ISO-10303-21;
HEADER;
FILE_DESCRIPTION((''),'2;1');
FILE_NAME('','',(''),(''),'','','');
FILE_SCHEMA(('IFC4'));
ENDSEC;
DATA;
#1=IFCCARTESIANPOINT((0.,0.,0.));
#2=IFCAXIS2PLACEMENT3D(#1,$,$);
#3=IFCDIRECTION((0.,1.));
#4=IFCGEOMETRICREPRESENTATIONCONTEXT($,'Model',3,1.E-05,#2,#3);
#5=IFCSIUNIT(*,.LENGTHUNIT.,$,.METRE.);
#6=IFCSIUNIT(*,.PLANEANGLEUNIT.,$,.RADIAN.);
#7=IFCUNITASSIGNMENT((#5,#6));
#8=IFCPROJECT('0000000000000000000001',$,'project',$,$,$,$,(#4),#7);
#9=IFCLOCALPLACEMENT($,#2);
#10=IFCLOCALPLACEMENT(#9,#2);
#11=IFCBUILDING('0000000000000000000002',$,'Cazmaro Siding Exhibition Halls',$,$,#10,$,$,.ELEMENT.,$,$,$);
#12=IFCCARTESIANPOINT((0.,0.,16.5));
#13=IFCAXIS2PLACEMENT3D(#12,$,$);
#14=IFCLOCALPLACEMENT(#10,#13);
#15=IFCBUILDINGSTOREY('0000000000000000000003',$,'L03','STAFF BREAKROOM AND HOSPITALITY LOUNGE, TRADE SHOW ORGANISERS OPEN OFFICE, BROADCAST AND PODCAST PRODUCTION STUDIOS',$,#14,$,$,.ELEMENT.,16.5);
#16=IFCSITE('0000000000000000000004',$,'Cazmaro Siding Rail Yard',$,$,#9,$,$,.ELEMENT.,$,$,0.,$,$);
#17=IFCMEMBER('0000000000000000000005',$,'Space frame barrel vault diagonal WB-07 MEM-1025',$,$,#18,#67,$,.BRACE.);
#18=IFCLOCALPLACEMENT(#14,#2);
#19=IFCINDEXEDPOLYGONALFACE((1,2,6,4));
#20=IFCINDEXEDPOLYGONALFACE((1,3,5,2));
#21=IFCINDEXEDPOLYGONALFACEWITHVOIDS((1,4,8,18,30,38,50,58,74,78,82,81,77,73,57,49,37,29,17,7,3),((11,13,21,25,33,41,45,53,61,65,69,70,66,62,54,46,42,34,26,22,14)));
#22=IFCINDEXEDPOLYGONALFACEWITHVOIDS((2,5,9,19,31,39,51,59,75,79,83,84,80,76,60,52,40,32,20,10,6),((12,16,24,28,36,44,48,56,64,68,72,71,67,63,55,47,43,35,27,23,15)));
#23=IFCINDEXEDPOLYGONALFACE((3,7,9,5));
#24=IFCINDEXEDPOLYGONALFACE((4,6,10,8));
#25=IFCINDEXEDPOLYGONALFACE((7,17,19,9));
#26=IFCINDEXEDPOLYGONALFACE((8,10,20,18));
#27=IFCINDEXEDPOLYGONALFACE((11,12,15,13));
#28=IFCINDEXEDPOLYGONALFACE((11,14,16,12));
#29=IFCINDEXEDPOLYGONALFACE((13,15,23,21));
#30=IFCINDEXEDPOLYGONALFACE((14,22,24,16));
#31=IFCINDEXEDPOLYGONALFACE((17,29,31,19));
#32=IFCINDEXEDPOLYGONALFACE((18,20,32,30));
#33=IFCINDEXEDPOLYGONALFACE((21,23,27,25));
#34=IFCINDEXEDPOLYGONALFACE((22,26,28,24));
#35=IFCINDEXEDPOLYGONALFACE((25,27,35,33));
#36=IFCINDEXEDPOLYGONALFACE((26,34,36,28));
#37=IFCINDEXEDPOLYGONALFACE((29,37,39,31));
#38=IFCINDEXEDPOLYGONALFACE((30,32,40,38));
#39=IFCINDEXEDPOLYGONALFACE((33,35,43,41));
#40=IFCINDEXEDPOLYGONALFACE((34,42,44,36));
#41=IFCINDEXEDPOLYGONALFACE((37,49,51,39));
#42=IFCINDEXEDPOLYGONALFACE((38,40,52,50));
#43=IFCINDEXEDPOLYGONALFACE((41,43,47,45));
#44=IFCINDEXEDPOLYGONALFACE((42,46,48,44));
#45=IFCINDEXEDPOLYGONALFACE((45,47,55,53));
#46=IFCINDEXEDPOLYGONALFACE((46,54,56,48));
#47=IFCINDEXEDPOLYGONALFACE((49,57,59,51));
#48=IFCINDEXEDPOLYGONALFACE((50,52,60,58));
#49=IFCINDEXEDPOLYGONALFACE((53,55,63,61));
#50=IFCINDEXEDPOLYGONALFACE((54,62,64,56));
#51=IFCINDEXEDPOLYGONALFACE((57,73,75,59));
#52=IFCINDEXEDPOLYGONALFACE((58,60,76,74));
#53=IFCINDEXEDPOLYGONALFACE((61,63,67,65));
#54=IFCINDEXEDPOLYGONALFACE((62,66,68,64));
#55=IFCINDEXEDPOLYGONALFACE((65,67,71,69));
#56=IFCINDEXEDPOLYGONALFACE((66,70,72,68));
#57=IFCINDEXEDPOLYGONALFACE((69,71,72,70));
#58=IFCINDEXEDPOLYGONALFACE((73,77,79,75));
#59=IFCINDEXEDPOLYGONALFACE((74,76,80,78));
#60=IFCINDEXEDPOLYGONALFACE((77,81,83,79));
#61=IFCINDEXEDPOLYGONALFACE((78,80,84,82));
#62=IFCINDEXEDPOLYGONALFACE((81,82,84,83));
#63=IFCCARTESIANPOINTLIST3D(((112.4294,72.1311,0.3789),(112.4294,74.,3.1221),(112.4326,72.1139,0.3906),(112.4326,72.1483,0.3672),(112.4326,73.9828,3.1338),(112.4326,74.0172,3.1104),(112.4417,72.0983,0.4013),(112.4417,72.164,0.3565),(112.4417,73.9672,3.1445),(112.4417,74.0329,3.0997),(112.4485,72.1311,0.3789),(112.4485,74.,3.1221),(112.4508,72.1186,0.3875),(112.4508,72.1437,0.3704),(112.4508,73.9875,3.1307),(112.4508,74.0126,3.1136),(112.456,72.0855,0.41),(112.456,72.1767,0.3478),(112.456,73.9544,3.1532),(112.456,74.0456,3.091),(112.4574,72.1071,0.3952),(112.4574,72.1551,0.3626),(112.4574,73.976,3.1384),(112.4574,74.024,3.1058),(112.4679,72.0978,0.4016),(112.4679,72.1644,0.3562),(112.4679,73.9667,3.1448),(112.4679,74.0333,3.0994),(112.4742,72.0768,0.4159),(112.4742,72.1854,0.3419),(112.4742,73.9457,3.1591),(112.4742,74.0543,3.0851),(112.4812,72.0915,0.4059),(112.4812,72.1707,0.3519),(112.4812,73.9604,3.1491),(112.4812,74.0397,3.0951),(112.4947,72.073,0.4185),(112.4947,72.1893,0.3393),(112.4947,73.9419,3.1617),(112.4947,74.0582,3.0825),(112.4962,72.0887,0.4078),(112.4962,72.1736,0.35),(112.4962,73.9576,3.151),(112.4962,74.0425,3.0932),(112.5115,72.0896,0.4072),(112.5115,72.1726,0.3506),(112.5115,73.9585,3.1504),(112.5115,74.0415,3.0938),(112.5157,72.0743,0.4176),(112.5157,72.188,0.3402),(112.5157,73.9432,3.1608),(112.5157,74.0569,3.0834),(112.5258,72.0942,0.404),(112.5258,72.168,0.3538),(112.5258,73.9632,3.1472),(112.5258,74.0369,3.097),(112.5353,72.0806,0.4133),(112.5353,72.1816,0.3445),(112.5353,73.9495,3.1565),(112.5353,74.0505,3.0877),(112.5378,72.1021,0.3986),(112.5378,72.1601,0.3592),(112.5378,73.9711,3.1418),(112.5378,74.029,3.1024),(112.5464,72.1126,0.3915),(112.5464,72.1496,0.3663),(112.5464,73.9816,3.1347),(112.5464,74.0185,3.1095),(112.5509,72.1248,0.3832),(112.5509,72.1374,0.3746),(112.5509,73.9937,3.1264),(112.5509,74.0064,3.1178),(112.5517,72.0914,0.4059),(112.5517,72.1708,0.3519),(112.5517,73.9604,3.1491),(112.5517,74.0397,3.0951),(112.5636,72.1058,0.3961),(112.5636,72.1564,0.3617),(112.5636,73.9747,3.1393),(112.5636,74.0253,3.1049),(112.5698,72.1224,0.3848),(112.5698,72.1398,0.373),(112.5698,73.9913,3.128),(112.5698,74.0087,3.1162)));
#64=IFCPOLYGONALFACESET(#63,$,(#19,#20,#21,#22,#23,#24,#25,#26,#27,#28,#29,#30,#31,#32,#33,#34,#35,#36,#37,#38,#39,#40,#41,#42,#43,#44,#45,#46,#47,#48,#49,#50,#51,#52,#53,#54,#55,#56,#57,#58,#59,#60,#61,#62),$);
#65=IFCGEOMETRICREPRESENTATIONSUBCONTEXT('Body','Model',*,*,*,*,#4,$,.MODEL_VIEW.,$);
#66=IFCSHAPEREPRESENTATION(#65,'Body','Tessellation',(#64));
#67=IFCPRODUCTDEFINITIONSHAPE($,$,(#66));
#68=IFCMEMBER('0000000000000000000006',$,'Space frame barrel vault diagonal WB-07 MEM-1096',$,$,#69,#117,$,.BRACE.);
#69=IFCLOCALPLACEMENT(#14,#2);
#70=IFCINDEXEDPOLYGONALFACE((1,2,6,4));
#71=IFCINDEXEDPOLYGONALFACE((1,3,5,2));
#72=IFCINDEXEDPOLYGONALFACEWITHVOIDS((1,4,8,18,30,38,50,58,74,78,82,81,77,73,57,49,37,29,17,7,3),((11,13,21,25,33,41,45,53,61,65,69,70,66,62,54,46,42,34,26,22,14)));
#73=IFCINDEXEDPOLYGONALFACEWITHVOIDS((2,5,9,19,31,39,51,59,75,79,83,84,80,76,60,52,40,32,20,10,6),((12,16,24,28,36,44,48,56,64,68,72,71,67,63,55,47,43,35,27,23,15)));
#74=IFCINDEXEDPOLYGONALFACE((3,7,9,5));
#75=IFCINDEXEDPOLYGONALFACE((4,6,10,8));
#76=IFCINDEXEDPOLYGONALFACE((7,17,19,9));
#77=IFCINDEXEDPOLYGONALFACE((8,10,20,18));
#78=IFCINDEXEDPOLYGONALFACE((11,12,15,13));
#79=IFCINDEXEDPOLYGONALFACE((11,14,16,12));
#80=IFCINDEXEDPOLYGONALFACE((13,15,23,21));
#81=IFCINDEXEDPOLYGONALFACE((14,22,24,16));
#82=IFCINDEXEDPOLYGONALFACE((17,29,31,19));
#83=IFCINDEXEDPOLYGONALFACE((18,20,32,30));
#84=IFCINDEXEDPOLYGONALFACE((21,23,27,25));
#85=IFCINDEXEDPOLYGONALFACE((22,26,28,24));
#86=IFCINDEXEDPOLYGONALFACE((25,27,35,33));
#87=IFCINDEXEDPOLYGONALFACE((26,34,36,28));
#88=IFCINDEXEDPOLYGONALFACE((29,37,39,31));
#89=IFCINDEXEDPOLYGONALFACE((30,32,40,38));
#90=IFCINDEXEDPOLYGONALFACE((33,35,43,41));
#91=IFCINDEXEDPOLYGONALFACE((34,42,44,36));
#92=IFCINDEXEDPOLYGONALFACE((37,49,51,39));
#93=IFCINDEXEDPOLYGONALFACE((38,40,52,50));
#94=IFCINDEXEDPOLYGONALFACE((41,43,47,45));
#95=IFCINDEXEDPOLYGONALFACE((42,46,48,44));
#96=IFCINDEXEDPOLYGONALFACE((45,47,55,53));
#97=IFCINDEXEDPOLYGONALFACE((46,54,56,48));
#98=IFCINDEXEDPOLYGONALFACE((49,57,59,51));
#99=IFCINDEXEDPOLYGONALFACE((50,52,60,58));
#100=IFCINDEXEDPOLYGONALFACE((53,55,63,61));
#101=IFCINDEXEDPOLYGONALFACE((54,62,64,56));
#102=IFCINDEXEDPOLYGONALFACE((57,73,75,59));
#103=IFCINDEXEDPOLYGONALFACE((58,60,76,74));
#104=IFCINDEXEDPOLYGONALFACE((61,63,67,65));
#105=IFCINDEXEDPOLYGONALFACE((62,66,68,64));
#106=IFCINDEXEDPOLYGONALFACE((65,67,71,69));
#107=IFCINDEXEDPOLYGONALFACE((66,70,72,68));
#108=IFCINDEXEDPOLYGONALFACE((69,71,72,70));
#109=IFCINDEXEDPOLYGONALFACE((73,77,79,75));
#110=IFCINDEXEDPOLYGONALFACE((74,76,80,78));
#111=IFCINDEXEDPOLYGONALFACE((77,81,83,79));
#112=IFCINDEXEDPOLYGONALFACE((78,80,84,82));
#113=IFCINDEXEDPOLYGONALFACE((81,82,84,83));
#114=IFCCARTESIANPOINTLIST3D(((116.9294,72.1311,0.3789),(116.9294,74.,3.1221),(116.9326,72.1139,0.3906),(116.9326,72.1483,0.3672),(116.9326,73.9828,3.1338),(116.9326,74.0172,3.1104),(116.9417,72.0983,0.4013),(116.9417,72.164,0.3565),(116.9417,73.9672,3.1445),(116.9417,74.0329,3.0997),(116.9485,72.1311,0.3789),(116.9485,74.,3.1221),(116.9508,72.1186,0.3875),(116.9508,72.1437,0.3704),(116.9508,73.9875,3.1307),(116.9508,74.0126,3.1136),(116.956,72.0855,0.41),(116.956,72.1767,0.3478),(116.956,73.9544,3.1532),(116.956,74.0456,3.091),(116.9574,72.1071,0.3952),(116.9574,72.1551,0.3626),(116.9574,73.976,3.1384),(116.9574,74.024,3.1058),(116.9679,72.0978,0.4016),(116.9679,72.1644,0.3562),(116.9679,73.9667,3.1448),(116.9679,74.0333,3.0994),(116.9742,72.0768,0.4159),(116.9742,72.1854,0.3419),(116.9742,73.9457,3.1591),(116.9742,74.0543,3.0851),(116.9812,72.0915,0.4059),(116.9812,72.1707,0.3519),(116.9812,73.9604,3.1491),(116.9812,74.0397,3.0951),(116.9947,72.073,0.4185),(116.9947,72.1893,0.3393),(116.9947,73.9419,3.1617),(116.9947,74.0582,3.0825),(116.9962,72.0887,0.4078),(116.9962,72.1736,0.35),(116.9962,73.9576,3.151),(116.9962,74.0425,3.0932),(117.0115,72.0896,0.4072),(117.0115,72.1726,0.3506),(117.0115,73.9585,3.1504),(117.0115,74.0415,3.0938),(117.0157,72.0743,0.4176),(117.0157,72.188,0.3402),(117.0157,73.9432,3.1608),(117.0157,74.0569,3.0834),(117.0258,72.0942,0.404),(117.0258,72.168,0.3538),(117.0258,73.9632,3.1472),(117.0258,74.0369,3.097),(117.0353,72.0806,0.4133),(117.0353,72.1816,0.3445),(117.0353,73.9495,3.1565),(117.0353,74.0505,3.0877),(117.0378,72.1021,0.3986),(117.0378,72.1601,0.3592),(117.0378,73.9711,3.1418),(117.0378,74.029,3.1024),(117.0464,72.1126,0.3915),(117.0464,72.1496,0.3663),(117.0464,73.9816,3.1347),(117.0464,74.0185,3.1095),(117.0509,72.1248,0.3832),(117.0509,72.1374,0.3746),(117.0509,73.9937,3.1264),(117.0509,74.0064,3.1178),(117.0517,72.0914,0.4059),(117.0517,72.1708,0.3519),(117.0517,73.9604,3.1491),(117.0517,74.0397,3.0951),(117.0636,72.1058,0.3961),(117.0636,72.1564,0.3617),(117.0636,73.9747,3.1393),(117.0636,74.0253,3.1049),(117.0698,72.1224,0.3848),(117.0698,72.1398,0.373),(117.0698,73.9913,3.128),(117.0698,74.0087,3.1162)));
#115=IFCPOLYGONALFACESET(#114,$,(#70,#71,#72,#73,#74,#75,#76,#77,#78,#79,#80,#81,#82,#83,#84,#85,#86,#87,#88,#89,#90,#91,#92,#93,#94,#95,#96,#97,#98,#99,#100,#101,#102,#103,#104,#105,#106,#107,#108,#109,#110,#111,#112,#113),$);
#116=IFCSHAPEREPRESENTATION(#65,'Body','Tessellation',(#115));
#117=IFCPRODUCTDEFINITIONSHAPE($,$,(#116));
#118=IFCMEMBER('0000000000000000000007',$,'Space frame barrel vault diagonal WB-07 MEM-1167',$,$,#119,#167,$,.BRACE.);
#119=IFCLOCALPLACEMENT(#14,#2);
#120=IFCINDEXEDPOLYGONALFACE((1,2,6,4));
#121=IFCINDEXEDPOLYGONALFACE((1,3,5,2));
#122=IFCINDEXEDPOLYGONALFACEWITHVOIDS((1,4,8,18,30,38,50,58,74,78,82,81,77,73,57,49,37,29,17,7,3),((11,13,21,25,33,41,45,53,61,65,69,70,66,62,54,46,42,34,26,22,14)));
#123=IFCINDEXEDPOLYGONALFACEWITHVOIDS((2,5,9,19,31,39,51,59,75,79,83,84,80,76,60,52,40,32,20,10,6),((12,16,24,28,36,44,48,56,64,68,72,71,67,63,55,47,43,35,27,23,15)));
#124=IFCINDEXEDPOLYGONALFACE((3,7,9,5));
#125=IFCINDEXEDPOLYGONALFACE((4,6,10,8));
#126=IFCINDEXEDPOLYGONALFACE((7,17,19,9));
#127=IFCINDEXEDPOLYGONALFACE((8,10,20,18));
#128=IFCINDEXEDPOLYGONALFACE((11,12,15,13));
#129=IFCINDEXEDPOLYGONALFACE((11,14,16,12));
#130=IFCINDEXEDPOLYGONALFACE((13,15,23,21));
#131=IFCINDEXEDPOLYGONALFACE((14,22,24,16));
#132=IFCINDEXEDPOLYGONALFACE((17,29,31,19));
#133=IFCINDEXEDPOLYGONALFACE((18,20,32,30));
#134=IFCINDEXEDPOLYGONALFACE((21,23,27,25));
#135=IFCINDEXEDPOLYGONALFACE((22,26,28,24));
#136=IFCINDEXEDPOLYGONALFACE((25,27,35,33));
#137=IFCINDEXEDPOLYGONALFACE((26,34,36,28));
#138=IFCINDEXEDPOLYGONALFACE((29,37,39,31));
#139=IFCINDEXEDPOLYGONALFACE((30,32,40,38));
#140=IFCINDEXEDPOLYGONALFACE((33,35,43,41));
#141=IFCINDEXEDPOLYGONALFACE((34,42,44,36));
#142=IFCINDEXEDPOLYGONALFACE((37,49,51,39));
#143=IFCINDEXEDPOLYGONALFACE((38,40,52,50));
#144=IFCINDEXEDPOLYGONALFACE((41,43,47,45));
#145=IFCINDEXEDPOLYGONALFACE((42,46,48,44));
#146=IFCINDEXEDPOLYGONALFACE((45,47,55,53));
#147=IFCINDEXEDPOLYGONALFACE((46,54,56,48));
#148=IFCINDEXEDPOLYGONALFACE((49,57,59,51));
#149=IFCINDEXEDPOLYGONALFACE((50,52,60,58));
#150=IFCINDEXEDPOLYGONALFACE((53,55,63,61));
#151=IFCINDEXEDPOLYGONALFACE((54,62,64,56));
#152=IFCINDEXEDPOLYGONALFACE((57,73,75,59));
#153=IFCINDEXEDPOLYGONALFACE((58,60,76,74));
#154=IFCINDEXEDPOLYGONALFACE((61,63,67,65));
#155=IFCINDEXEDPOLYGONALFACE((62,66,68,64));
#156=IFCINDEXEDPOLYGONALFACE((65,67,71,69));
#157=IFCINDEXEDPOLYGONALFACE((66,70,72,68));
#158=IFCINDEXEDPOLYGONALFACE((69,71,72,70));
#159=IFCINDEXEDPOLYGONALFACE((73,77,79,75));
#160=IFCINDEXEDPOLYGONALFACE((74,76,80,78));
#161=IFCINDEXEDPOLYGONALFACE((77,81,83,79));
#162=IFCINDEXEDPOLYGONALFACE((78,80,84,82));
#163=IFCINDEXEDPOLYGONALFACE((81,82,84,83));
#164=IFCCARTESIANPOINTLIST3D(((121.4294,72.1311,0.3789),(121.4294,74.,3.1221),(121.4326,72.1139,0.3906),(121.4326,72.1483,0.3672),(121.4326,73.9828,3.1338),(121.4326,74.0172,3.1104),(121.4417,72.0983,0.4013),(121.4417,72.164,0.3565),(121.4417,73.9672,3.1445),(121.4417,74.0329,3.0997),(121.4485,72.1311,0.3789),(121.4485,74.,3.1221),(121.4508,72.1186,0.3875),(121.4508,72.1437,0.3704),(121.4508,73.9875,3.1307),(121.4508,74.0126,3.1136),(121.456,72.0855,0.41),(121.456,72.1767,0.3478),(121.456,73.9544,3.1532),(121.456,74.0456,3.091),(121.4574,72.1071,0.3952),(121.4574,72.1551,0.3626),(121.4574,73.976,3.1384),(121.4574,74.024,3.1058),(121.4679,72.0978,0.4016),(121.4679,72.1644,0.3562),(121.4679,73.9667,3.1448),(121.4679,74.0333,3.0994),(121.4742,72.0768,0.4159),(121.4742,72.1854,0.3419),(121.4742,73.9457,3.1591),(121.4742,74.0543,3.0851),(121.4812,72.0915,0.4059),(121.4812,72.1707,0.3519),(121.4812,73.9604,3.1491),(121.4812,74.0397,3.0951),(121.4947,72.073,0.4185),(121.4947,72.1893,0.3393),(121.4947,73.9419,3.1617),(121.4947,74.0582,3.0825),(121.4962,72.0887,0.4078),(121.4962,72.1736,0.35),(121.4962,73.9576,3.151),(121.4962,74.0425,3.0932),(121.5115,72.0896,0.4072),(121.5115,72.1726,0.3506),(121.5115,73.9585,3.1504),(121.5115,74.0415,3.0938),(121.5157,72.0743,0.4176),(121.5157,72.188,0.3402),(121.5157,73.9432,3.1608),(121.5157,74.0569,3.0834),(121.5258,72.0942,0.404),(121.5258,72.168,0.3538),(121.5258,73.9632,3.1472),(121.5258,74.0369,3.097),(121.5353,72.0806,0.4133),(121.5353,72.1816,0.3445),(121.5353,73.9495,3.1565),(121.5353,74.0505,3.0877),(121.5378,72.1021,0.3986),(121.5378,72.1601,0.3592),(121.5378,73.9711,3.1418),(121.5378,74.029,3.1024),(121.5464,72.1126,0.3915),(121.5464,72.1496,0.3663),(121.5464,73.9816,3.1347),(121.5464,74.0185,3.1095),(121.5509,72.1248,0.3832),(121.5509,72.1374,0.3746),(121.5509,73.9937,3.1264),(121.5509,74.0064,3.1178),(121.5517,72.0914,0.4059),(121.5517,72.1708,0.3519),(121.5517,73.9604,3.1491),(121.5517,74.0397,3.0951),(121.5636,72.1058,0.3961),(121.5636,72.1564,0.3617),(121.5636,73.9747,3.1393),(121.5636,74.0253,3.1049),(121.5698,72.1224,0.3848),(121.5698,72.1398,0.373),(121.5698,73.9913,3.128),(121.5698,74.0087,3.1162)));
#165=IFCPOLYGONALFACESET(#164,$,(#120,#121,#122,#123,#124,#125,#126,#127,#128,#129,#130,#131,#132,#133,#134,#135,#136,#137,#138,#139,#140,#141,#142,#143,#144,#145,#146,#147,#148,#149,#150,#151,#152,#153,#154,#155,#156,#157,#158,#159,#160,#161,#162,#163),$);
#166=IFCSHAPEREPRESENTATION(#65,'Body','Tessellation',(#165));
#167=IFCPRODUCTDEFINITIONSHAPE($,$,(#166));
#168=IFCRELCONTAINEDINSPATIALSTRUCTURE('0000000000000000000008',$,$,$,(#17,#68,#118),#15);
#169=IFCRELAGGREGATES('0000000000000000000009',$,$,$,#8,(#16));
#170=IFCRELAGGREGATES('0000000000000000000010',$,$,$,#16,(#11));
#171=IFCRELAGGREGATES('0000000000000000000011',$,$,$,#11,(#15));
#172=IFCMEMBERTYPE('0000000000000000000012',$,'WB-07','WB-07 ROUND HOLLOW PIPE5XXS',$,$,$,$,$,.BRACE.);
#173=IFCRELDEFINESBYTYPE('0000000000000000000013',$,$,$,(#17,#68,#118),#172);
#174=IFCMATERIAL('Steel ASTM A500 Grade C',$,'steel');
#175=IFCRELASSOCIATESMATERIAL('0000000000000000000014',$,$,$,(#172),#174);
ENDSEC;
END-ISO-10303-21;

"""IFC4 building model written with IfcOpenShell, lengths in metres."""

from ifc_helpers import new_model, si_unit, direction, frame, origin, origin_2d, place, context, subcontext, project, spatial, hollow_circle, extrude, material, material_profile, profile_set, type_object, element, save


model = new_model("IFC4")

# Units and contexts
model_context = context("Model", 3, precision=1e-05, world=origin(), true_north=direction((0.0, 1.0)))
body_context = subcontext(model_context, "Body", "Model", "MODEL_VIEW")
ifc_project = project(units=[si_unit("LENGTHUNIT", "METRE"), si_unit("PLANEANGLEUNIT", "RADIAN")], contexts=[model_context])

# Site, building, storey
site_placement = place(None, origin())
site = spatial("IfcSite", under=ifc_project, at=site_placement, Name="Cazmaro Siding Rail Yard", CompositionType="ELEMENT", RefElevation=0.0)
building_placement = place(site_placement, origin())
building = spatial("IfcBuilding", under=site, at=building_placement, Name="Cazmaro Siding Exhibition Halls", CompositionType="ELEMENT")
storey_placement = place(building_placement, frame((0.0, 0.0, 16.5)))
storey = spatial("IfcBuildingStorey", under=building, at=storey_placement, Name="L03", Description="STAFF BREAKROOM AND HOSPITALITY LOUNGE, TRADE SHOW ORGANISERS OPEN OFFICE, BROADCAST AND PODCAST PRODUCTION STUDIOS", CompositionType="ELEMENT", Elevation=16.5)

# Members
ifc_material_1 = material(Name="Steel ASTM A500 Grade C", Category="steel")
ifc_material_profile_1 = material_profile(ifc_material_1, hollow_circle(Radius=0.0706, WallThickness=0.019, at=origin_2d()), Name="PIPE5XXS")
ifc_profile_set_1 = profile_set([ifc_material_profile_1], Name="Steel ASTM A500 Grade C")
member_type_1 = type_object("IfcMemberType", Name="WB-07", Description="WB-07 ROUND HOLLOW PIPE5XXS", PredefinedType="BRACE", material=ifc_profile_set_1)
for number, where, z_axis, x_axis, name in (
    (1, (112.5, 72.1311, 0.3789), (0.0, 0.56304, 0.82643), (-1.0, 0.0, 0.0), "Space frame barrel vault diagonal WB-07 MEM-1025"),
    (2, (117.0, 72.1311, 0.3789), (0.0, 0.56304, 0.82643), (-1.0, 0.0, 0.0), "Space frame barrel vault diagonal WB-07 MEM-1096"),
    (3, (121.5, 72.1311, 0.3789), (0.0, 0.56304, 0.82643), (-1.0, 0.0, 0.0), "Space frame barrel vault diagonal WB-07 MEM-1167"),
):
    element("IfcMember", number, at=place(storey_placement, frame(where, z_axis=z_axis, x_axis=x_axis)), inside=storey, type_object=member_type_1, Name=name, PredefinedType="BRACE", context=body_context, shape_type="SweptSolid", body=[
        extrude(hollow_circle(Radius=0.0706, WallThickness=0.019, at=origin_2d()), origin(), (0.0, 0.0, 1.0), 3.3193),
    ])

save(model, "model.ifc")
